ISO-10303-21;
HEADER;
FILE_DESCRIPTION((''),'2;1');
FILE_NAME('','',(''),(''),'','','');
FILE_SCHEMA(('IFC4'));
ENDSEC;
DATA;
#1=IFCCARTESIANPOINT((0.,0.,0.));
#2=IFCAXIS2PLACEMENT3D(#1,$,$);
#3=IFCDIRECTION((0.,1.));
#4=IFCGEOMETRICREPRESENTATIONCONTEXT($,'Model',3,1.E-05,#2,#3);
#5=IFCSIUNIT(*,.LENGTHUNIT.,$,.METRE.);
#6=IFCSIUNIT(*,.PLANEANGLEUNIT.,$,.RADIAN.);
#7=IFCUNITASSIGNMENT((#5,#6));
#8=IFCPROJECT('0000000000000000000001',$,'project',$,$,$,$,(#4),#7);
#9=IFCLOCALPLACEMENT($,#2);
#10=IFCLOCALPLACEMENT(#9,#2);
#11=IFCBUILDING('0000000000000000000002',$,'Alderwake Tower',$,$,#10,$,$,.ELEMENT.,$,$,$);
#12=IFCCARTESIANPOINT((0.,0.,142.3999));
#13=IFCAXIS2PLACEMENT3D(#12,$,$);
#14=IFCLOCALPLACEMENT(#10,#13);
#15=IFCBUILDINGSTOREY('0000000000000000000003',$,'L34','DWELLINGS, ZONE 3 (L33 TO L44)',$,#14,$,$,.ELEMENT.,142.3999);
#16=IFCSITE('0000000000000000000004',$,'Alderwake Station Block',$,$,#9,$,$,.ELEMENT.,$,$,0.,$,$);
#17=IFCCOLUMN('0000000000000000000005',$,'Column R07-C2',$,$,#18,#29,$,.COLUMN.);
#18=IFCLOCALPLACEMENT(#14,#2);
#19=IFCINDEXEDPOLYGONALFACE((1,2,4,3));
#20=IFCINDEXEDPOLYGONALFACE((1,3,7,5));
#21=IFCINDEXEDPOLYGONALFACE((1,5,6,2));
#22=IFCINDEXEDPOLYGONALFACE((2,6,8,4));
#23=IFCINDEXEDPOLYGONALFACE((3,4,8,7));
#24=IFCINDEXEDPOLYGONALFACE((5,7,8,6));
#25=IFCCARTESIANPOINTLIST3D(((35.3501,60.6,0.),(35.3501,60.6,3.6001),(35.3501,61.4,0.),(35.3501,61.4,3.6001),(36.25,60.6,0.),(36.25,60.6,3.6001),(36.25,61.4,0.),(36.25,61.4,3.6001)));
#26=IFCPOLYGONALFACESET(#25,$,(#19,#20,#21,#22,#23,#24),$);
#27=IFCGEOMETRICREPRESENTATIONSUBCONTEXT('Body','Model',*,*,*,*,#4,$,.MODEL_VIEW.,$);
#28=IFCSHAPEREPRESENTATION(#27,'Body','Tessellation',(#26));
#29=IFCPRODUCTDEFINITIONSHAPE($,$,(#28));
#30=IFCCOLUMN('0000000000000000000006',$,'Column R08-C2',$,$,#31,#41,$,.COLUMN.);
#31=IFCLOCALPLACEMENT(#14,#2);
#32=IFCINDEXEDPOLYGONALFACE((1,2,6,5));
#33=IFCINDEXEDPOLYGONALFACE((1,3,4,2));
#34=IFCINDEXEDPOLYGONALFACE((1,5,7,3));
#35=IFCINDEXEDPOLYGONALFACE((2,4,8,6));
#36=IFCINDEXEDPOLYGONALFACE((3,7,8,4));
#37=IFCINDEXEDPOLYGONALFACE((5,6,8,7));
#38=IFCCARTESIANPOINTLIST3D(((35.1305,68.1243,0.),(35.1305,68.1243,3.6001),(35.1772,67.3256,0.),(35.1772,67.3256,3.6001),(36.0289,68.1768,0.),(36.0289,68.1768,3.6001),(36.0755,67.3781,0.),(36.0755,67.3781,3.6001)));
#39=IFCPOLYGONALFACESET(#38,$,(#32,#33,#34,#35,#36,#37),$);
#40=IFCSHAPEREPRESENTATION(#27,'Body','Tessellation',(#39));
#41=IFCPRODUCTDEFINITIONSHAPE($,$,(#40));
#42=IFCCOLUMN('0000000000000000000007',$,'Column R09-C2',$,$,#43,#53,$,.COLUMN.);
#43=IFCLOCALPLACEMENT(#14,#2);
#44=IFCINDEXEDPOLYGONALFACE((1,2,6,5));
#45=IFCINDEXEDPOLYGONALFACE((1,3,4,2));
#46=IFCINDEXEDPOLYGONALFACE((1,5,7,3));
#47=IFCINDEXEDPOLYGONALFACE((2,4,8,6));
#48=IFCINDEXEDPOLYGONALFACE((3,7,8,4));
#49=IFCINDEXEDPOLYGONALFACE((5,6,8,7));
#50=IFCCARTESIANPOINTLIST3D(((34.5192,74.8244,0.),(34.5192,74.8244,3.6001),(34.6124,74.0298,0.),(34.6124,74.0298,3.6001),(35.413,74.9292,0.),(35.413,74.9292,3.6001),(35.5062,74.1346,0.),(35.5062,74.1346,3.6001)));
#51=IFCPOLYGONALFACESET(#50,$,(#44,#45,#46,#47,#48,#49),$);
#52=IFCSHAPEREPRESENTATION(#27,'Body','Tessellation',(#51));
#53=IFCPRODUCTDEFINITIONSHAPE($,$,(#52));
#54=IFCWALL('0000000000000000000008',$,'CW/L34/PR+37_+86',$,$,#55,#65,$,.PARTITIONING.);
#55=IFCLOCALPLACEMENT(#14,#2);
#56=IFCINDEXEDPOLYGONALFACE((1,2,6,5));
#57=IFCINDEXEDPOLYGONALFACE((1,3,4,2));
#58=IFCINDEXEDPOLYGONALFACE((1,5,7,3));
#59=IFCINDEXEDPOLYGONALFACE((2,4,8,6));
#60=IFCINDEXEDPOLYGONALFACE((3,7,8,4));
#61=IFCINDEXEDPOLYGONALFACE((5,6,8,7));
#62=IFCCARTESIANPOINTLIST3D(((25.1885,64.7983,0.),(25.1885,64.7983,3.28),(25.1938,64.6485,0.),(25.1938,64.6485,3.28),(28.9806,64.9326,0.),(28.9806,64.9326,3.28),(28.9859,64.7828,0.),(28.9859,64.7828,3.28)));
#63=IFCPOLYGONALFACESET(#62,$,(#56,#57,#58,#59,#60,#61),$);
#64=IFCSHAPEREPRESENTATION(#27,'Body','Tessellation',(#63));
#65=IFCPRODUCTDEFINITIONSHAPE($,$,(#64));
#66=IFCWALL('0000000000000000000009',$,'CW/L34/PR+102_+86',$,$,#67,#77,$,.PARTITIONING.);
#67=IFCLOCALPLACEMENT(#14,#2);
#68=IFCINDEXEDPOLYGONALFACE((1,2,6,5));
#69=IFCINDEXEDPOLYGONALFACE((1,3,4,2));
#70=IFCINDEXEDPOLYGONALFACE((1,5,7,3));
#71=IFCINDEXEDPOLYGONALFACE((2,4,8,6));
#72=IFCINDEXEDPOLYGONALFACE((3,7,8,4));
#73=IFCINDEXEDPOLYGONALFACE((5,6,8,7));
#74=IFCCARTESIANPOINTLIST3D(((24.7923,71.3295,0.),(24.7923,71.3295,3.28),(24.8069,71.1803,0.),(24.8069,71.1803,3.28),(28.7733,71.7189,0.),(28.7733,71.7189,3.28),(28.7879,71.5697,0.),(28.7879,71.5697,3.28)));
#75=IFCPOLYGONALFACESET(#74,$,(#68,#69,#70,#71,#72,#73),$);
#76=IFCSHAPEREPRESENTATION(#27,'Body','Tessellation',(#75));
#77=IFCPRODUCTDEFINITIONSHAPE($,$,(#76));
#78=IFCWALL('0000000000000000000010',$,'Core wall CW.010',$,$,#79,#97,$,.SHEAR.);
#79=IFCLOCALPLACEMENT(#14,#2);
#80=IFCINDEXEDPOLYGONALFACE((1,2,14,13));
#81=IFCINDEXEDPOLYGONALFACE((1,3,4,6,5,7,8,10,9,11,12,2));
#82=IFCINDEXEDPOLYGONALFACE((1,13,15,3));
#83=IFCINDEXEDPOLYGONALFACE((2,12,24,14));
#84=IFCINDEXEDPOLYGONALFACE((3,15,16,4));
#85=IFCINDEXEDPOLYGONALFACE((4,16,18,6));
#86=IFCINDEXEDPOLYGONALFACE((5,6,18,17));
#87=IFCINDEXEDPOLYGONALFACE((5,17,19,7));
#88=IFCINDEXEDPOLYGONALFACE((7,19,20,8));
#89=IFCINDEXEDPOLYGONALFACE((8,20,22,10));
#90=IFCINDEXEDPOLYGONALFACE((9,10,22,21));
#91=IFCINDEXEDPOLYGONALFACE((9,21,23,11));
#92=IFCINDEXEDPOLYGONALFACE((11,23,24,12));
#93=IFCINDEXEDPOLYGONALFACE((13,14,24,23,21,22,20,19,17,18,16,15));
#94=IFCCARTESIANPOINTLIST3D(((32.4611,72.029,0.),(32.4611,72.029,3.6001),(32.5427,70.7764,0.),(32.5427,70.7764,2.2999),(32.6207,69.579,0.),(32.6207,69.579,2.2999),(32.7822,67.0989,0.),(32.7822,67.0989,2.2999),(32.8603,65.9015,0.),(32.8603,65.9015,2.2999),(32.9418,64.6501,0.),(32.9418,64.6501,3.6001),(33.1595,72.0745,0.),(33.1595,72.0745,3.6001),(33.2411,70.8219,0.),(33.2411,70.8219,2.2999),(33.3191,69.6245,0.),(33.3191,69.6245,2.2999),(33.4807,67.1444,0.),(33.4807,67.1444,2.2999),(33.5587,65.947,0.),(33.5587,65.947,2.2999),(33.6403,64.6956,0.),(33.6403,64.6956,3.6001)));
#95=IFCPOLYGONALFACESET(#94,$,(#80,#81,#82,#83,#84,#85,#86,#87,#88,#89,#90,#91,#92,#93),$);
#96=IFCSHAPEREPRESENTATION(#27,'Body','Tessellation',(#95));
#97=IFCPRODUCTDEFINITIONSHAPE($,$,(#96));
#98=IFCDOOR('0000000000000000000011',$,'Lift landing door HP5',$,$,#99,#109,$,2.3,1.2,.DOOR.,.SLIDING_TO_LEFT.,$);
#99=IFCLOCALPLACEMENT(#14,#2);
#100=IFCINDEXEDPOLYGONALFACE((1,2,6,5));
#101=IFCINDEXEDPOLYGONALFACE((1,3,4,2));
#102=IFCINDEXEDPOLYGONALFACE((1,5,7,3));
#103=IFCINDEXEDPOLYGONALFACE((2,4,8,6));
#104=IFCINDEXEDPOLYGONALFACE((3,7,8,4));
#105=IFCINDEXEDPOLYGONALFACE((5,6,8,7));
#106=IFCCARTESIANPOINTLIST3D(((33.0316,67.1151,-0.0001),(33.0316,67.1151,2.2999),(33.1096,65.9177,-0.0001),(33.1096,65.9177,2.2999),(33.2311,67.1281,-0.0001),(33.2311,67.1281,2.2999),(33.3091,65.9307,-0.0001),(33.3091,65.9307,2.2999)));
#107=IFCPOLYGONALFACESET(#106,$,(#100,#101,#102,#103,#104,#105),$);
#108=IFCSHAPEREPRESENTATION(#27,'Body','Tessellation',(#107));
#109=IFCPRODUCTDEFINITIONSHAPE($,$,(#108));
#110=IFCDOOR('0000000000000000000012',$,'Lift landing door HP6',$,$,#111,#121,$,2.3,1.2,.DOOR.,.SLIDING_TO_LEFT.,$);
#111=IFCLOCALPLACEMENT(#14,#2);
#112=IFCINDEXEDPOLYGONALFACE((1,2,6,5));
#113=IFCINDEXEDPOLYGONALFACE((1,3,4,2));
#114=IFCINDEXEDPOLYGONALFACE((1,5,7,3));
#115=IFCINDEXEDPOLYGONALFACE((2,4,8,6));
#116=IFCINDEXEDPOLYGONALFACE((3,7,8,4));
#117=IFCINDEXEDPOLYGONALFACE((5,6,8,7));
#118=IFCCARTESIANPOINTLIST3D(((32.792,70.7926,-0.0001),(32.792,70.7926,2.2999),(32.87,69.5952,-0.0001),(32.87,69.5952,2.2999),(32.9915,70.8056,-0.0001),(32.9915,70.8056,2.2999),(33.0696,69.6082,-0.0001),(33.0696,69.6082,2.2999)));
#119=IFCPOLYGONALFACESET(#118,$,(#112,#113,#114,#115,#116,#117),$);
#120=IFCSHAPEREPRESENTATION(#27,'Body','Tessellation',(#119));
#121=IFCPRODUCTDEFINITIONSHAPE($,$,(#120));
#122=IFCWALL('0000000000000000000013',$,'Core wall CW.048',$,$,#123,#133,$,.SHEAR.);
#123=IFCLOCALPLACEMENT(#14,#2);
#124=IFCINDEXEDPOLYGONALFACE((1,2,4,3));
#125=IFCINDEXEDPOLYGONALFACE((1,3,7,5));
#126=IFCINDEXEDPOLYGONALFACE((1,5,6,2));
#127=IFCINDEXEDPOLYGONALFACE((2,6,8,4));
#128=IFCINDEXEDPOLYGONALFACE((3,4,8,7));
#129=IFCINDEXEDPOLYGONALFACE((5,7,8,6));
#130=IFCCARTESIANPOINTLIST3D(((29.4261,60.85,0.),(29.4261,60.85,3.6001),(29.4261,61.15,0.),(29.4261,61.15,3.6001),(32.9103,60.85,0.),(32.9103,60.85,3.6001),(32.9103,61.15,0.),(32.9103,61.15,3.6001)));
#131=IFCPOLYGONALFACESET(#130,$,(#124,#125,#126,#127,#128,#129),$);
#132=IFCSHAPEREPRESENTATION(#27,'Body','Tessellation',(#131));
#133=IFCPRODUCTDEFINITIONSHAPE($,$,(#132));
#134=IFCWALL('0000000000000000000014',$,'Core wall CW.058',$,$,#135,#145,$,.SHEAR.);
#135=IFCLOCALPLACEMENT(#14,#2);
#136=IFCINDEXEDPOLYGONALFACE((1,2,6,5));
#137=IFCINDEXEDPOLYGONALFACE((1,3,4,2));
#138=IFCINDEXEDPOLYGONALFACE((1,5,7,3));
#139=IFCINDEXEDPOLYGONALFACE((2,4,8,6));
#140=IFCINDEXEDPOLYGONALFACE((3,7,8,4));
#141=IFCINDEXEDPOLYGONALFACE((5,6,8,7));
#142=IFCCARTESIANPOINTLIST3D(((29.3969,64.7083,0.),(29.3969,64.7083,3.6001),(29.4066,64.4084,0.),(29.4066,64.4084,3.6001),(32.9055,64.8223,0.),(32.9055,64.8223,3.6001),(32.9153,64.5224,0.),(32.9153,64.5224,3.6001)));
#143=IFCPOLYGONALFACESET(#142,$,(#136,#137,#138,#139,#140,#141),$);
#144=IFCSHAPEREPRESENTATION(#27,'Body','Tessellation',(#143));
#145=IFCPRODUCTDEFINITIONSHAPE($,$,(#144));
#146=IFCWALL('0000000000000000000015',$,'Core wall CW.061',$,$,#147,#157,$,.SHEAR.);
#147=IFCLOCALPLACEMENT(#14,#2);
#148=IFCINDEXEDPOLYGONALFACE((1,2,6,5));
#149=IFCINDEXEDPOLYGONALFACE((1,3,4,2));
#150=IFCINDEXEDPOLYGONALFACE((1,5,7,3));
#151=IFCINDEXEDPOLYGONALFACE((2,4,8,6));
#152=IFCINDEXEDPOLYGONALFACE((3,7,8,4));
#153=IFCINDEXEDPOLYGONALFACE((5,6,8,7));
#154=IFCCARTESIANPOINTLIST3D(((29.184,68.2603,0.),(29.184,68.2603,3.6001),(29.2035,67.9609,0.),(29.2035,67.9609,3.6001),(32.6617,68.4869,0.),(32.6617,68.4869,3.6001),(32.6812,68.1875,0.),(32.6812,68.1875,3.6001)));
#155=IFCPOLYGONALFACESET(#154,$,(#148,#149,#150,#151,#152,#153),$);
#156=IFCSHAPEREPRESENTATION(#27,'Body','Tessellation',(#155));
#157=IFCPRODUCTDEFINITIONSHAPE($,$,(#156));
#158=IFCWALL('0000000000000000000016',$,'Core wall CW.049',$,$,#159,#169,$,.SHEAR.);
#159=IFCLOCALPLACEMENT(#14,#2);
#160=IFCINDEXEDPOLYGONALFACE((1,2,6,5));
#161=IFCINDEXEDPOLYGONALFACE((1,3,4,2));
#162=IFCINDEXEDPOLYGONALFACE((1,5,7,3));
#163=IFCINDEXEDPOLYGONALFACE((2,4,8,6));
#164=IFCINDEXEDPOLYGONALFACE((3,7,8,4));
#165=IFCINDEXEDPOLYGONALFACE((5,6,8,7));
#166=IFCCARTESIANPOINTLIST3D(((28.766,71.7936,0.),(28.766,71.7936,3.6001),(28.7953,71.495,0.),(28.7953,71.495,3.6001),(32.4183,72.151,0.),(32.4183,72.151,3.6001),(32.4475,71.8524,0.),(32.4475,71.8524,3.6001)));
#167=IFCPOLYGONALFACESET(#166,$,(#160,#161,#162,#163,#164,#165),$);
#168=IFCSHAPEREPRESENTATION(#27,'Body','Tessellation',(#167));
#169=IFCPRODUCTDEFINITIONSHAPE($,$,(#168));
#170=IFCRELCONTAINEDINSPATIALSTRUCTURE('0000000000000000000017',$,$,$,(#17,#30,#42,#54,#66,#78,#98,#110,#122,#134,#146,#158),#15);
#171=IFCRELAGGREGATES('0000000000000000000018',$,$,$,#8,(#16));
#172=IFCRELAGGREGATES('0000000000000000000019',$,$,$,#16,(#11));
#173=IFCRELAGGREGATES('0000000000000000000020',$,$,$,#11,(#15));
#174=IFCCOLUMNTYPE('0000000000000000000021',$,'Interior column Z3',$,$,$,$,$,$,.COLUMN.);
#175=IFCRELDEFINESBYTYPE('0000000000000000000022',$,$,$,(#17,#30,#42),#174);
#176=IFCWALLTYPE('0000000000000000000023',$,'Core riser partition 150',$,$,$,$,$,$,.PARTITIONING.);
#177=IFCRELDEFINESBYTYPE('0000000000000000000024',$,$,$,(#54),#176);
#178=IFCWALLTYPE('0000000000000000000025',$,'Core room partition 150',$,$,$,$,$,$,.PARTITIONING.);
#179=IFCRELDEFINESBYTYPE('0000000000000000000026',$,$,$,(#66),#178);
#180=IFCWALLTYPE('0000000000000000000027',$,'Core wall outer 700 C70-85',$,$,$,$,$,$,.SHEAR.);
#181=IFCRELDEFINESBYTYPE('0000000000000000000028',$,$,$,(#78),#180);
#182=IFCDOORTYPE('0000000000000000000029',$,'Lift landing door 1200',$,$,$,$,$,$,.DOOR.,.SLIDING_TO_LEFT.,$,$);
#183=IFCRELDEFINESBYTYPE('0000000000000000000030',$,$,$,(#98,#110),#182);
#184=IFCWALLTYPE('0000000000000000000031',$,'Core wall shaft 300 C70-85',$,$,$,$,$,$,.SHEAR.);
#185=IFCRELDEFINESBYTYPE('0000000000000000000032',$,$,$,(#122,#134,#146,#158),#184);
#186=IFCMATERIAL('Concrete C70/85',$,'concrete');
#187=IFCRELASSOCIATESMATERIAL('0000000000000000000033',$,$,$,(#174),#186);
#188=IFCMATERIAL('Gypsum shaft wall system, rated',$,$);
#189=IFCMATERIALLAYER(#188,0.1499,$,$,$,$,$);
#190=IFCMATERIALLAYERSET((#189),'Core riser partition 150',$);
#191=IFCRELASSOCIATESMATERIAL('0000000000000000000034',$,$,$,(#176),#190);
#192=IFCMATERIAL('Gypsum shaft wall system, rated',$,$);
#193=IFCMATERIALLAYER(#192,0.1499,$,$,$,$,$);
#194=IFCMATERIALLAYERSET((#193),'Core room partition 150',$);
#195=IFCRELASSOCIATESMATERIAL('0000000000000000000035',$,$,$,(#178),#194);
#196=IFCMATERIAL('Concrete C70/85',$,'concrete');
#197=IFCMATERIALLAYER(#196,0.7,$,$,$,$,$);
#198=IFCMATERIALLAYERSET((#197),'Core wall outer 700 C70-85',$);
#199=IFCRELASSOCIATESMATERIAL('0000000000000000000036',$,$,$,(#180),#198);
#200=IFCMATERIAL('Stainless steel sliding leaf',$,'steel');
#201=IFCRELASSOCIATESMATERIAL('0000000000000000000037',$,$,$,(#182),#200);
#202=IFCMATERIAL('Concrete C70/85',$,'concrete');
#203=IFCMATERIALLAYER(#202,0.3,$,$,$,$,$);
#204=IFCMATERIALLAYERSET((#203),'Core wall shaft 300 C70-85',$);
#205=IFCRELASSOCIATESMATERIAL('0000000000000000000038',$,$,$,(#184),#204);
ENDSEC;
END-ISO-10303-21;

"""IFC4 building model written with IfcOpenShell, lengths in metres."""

from ifc_helpers import new_model, si_unit, direction, frame, frame_2d, origin, origin_2d, place, context, subcontext, project, spatial, rectangle, extrude, material, layer, layer_set, material_profile, profile_set, type_object, element, fill, save


model = new_model("IFC4")

# Units and contexts
model_context = context("Model", 3, precision=1e-05, world=origin(), true_north=direction((0.0, 1.0)))
body_context = subcontext(model_context, "Body", "Model", "MODEL_VIEW")
ifc_project = project(units=[si_unit("LENGTHUNIT", "METRE"), si_unit("PLANEANGLEUNIT", "RADIAN")], contexts=[model_context])

# Site, building, storey
site_placement = place(None, origin())
site = spatial("IfcSite", under=ifc_project, at=site_placement, Name="Alderwake Station Block", CompositionType="ELEMENT", RefElevation=0.0)
building_placement = place(site_placement, origin())
building = spatial("IfcBuilding", under=site, at=building_placement, Name="Alderwake Tower", CompositionType="ELEMENT")
storey_placement = place(building_placement, frame((0.0, 0.0, 142.3999)))
storey = spatial("IfcBuildingStorey", under=building, at=storey_placement, Name="L34", Description="DWELLINGS, ZONE 3 (L33 TO L44)", CompositionType="ELEMENT", Elevation=142.3999)

# Columns
ifc_material_1 = material(Name="Concrete C70/85", Category="concrete")
ifc_material_profile = material_profile(ifc_material_1, rectangle(XDim=0.8, YDim=0.8999, at=origin_2d()), Name="RC 900X800")
ifc_profile_set = profile_set([ifc_material_profile], Name="Concrete C70/85")
column_type = type_object("IfcColumnType", Name="Interior column Z3", PredefinedType="COLUMN", material=ifc_profile_set)
for number, where, z_axis, x_axis, name in (
    (1, (35.8, 61.0, 0.0), (0.0, 0.0, 1.0), (0.0, 1.0, 0.0), "Column R07-C2"),
    (2, (35.603, 67.7512, 0.0), (0.0, 0.0, 1.0), (-0.058301, 0.998299, 0.0), "Column R08-C2"),
    (3, (35.0127, 74.4795, 0.0), (0.0, 0.0, 1.0), (-0.116402, 0.993202, 0.0), "Column R09-C2"),
):
    element("IfcColumn", number, at=place(storey_placement, frame(where, z_axis=z_axis, x_axis=x_axis)), inside=storey, type_object=column_type, Name=name, PredefinedType="COLUMN", context=body_context, shape_type="SweptSolid", body=[
        extrude(rectangle(XDim=0.8, YDim=0.8999, at=origin_2d()), origin(), (0.0, 0.0, 1.0), 3.6001),
    ])

# Walls
ifc_material_2 = material(Name="Gypsum shaft wall system, rated")
ifc_layer_1 = layer(ifc_material_2, 0.1499)
ifc_layer_set_1 = layer_set([ifc_layer_1], Name="Core riser partition 150")
wall_type_1 = type_object("IfcWallType", Name="Core riser partition 150", PredefinedType="PARTITIONING", material=ifc_layer_set_1)
wall_1_placement = place(storey_placement, frame((25.1912, 64.7234, 0.0), z_axis=(0.0, 0.0, 1.0), x_axis=(0.999374, 0.035389, 0.0)))
element("IfcWall", 4, at=wall_1_placement, inside=storey, type_object=wall_type_1, Name="CW/L34/PR+37_+86", PredefinedType="PARTITIONING", context=body_context, shape_type="SweptSolid", body=[
    extrude(rectangle(XDim=3.7944, YDim=0.1499, at=frame_2d((1.8972, 0.0))), origin(), (0.0, 0.0, 1.0), 3.28),
])
ifc_material_3 = material(Name="Gypsum shaft wall system, rated")
ifc_layer_2 = layer(ifc_material_3, 0.1499)
ifc_layer_set_2 = layer_set([ifc_layer_2], Name="Core room partition 150")
wall_type_2 = type_object("IfcWallType", Name="Core room partition 150", PredefinedType="PARTITIONING", material=ifc_layer_set_2)
wall_2_placement = place(storey_placement, frame((24.7996, 71.2549, 0.0), z_axis=(0.0, 0.0, 1.0), x_axis=(0.99525, 0.097352, 0.0)))
element("IfcWall", 5, at=wall_2_placement, inside=storey, type_object=wall_type_2, Name="CW/L34/PR+102_+86", PredefinedType="PARTITIONING", context=body_context, shape_type="SweptSolid", body=[
    extrude(rectangle(XDim=4.0, YDim=0.1499, at=frame_2d((2.0, 0.0))), origin(), (0.0, 0.0, 1.0), 3.28),
])

# Wall, openings, doors
ifc_material_4 = material(Name="Concrete C70/85", Category="concrete")
ifc_layer_3 = layer(ifc_material_4, 0.7)
ifc_layer_set_3 = layer_set([ifc_layer_3], Name="Core wall outer 700 C70-85")
wall_type_3 = type_object("IfcWallType", Name="Core wall outer 700 C70-85", PredefinedType="SHEAR", material=ifc_layer_set_3)
wall_3_placement = place(storey_placement, frame((33.291, 64.6729, 0.0), z_axis=(0.0, 0.0, 1.0), x_axis=(-0.065009, 0.997885, 0.0)))
wall_3 = element("IfcWall", 6, at=wall_3_placement, inside=storey, type_object=wall_type_3, Name="Core wall CW.010", PredefinedType="SHEAR", context=body_context, shape_type="SweptSolid", body=[
    extrude(rectangle(XDim=7.3945, YDim=0.7, at=frame_2d((3.6973, 0.0))), origin(), (0.0, 0.0, 1.0), 3.6001),
])
opening_1_placement = place(wall_3_placement, frame((1.2539, 0.0, 0.0)))
opening_1 = element("IfcOpeningElement", 7, at=opening_1_placement, cuts=wall_3, PredefinedType="OPENING", context=body_context, shape_type="SweptSolid", body=[
    extrude(rectangle(XDim=1.2, YDim=2.3, at=frame_2d((0.6001, 1.1499))), frame((0.0, 0.3599, 0.0), z_axis=(0.0, -1.0, 0.0), x_axis=(1.0, 0.0, 0.0)), (0.0, 0.0, 1.0), 0.72),
])
opening_2_placement = place(wall_3_placement, frame((4.9392, 0.0, 0.0)))
opening_2 = element("IfcOpeningElement", 8, at=opening_2_placement, cuts=wall_3, PredefinedType="OPENING", context=body_context, shape_type="SweptSolid", body=[
    extrude(rectangle(XDim=1.2, YDim=2.3, at=frame_2d((0.6001, 1.1499))), frame((0.0, 0.3599, 0.0), z_axis=(0.0, -1.0, 0.0), x_axis=(1.0, 0.0, 0.0)), (0.0, 0.0, 1.0), 0.72),
])
ifc_material_5 = material(Name="Stainless steel sliding leaf", Category="steel")
door_type_1 = type_object("IfcDoorType", Name="Lift landing door 1200", OperationType="SLIDING_TO_LEFT", PredefinedType="DOOR", material=ifc_material_5)
door_1_placement = place(opening_1_placement, origin())
door_1 = element("IfcDoor", 9, at=door_1_placement, inside=storey, type_object=door_type_1, Name="Lift landing door HP5", OperationType="SLIDING_TO_LEFT", OverallHeight=2.3, OverallWidth=1.2, PredefinedType="DOOR", context=body_context, shape_type="SweptSolid", body=[
    extrude(rectangle(XDim=1.2, YDim=2.3, at=frame_2d((0.6001, 1.1499))), frame((0.0, 0.1001, 0.0), z_axis=(0.0, -1.0, 0.0), x_axis=(1.0, 0.0, 0.0)), (0.0, 0.0, 1.0), 0.2),
])
fill(opening_1, door_1)
door_2_placement = place(opening_2_placement, origin())
door_2 = element("IfcDoor", 10, at=door_2_placement, inside=storey, type_object=door_type_1, Name="Lift landing door HP6", OperationType="SLIDING_TO_LEFT", OverallHeight=2.3, OverallWidth=1.2, PredefinedType="DOOR", context=body_context, shape_type="SweptSolid", body=[
    extrude(rectangle(XDim=1.2, YDim=2.3, at=frame_2d((0.6001, 1.1499))), frame((0.0, 0.1001, 0.0), z_axis=(0.0, -1.0, 0.0), x_axis=(1.0, 0.0, 0.0)), (0.0, 0.0, 1.0), 0.2),
])
fill(opening_2, door_2)

# Walls
ifc_material_6 = material(Name="Concrete C70/85", Category="concrete")
ifc_layer_4 = layer(ifc_material_6, 0.3)
ifc_layer_set_4 = layer_set([ifc_layer_4], Name="Core wall shaft 300 C70-85")
wall_type_4 = type_object("IfcWallType", Name="Core wall shaft 300 C70-85", PredefinedType="SHEAR", material=ifc_layer_set_4)
wall_4_placement = place(storey_placement, frame((29.426, 61.0, 0.0), z_axis=(0.0, 0.0, 1.0), x_axis=(1.0, 0.0, 0.0)))
element("IfcWall", 11, at=wall_4_placement, inside=storey, type_object=wall_type_4, Name="Core wall CW.048", PredefinedType="SHEAR", context=body_context, shape_type="SweptSolid", body=[
    extrude(rectangle(XDim=3.4841, YDim=0.3, at=frame_2d((1.7422, 0.0))), origin(), (0.0, 0.0, 1.0), 3.6001),
])
wall_5_placement = place(storey_placement, frame((29.4016, 64.5583, 0.0), z_axis=(0.0, 0.0, 1.0), x_axis=(0.999472, 0.032479, 0.0)))
element("IfcWall", 12, at=wall_5_placement, inside=storey, type_object=wall_type_4, Name="Core wall CW.058", PredefinedType="SHEAR", context=body_context, shape_type="SweptSolid", body=[
    extrude(rectangle(XDim=3.5105, YDim=0.3, at=frame_2d((1.7554, 0.0))), origin(), (0.0, 0.0, 1.0), 3.6001),
])
wall_6_placement = place(storey_placement, frame((29.1936, 68.1106, 0.0), z_axis=(0.0, 0.0, 1.0), x_axis=(0.997885, 0.065008, 0.0)))
element("IfcWall", 13, at=wall_6_placement, inside=storey, type_object=wall_type_4, Name="Core wall CW.061", PredefinedType="SHEAR", context=body_context, shape_type="SweptSolid", body=[
    extrude(rectangle(XDim=3.4851, YDim=0.3, at=frame_2d((1.7427, 0.0))), origin(), (0.0, 0.0, 1.0), 3.6001),
])
wall_7_placement = place(storey_placement, frame((28.7805, 71.6443, 0.0), z_axis=(0.0, 0.0, 1.0), x_axis=(0.995246, 0.097396, 0.0)))
element("IfcWall", 14, at=wall_7_placement, inside=storey, type_object=wall_type_4, Name="Core wall CW.049", PredefinedType="SHEAR", context=body_context, shape_type="SweptSolid", body=[
    extrude(rectangle(XDim=3.6697, YDim=0.3, at=frame_2d((1.835, 0.0))), origin(), (0.0, 0.0, 1.0), 3.6001),
])

save(model, "model.ifc")
